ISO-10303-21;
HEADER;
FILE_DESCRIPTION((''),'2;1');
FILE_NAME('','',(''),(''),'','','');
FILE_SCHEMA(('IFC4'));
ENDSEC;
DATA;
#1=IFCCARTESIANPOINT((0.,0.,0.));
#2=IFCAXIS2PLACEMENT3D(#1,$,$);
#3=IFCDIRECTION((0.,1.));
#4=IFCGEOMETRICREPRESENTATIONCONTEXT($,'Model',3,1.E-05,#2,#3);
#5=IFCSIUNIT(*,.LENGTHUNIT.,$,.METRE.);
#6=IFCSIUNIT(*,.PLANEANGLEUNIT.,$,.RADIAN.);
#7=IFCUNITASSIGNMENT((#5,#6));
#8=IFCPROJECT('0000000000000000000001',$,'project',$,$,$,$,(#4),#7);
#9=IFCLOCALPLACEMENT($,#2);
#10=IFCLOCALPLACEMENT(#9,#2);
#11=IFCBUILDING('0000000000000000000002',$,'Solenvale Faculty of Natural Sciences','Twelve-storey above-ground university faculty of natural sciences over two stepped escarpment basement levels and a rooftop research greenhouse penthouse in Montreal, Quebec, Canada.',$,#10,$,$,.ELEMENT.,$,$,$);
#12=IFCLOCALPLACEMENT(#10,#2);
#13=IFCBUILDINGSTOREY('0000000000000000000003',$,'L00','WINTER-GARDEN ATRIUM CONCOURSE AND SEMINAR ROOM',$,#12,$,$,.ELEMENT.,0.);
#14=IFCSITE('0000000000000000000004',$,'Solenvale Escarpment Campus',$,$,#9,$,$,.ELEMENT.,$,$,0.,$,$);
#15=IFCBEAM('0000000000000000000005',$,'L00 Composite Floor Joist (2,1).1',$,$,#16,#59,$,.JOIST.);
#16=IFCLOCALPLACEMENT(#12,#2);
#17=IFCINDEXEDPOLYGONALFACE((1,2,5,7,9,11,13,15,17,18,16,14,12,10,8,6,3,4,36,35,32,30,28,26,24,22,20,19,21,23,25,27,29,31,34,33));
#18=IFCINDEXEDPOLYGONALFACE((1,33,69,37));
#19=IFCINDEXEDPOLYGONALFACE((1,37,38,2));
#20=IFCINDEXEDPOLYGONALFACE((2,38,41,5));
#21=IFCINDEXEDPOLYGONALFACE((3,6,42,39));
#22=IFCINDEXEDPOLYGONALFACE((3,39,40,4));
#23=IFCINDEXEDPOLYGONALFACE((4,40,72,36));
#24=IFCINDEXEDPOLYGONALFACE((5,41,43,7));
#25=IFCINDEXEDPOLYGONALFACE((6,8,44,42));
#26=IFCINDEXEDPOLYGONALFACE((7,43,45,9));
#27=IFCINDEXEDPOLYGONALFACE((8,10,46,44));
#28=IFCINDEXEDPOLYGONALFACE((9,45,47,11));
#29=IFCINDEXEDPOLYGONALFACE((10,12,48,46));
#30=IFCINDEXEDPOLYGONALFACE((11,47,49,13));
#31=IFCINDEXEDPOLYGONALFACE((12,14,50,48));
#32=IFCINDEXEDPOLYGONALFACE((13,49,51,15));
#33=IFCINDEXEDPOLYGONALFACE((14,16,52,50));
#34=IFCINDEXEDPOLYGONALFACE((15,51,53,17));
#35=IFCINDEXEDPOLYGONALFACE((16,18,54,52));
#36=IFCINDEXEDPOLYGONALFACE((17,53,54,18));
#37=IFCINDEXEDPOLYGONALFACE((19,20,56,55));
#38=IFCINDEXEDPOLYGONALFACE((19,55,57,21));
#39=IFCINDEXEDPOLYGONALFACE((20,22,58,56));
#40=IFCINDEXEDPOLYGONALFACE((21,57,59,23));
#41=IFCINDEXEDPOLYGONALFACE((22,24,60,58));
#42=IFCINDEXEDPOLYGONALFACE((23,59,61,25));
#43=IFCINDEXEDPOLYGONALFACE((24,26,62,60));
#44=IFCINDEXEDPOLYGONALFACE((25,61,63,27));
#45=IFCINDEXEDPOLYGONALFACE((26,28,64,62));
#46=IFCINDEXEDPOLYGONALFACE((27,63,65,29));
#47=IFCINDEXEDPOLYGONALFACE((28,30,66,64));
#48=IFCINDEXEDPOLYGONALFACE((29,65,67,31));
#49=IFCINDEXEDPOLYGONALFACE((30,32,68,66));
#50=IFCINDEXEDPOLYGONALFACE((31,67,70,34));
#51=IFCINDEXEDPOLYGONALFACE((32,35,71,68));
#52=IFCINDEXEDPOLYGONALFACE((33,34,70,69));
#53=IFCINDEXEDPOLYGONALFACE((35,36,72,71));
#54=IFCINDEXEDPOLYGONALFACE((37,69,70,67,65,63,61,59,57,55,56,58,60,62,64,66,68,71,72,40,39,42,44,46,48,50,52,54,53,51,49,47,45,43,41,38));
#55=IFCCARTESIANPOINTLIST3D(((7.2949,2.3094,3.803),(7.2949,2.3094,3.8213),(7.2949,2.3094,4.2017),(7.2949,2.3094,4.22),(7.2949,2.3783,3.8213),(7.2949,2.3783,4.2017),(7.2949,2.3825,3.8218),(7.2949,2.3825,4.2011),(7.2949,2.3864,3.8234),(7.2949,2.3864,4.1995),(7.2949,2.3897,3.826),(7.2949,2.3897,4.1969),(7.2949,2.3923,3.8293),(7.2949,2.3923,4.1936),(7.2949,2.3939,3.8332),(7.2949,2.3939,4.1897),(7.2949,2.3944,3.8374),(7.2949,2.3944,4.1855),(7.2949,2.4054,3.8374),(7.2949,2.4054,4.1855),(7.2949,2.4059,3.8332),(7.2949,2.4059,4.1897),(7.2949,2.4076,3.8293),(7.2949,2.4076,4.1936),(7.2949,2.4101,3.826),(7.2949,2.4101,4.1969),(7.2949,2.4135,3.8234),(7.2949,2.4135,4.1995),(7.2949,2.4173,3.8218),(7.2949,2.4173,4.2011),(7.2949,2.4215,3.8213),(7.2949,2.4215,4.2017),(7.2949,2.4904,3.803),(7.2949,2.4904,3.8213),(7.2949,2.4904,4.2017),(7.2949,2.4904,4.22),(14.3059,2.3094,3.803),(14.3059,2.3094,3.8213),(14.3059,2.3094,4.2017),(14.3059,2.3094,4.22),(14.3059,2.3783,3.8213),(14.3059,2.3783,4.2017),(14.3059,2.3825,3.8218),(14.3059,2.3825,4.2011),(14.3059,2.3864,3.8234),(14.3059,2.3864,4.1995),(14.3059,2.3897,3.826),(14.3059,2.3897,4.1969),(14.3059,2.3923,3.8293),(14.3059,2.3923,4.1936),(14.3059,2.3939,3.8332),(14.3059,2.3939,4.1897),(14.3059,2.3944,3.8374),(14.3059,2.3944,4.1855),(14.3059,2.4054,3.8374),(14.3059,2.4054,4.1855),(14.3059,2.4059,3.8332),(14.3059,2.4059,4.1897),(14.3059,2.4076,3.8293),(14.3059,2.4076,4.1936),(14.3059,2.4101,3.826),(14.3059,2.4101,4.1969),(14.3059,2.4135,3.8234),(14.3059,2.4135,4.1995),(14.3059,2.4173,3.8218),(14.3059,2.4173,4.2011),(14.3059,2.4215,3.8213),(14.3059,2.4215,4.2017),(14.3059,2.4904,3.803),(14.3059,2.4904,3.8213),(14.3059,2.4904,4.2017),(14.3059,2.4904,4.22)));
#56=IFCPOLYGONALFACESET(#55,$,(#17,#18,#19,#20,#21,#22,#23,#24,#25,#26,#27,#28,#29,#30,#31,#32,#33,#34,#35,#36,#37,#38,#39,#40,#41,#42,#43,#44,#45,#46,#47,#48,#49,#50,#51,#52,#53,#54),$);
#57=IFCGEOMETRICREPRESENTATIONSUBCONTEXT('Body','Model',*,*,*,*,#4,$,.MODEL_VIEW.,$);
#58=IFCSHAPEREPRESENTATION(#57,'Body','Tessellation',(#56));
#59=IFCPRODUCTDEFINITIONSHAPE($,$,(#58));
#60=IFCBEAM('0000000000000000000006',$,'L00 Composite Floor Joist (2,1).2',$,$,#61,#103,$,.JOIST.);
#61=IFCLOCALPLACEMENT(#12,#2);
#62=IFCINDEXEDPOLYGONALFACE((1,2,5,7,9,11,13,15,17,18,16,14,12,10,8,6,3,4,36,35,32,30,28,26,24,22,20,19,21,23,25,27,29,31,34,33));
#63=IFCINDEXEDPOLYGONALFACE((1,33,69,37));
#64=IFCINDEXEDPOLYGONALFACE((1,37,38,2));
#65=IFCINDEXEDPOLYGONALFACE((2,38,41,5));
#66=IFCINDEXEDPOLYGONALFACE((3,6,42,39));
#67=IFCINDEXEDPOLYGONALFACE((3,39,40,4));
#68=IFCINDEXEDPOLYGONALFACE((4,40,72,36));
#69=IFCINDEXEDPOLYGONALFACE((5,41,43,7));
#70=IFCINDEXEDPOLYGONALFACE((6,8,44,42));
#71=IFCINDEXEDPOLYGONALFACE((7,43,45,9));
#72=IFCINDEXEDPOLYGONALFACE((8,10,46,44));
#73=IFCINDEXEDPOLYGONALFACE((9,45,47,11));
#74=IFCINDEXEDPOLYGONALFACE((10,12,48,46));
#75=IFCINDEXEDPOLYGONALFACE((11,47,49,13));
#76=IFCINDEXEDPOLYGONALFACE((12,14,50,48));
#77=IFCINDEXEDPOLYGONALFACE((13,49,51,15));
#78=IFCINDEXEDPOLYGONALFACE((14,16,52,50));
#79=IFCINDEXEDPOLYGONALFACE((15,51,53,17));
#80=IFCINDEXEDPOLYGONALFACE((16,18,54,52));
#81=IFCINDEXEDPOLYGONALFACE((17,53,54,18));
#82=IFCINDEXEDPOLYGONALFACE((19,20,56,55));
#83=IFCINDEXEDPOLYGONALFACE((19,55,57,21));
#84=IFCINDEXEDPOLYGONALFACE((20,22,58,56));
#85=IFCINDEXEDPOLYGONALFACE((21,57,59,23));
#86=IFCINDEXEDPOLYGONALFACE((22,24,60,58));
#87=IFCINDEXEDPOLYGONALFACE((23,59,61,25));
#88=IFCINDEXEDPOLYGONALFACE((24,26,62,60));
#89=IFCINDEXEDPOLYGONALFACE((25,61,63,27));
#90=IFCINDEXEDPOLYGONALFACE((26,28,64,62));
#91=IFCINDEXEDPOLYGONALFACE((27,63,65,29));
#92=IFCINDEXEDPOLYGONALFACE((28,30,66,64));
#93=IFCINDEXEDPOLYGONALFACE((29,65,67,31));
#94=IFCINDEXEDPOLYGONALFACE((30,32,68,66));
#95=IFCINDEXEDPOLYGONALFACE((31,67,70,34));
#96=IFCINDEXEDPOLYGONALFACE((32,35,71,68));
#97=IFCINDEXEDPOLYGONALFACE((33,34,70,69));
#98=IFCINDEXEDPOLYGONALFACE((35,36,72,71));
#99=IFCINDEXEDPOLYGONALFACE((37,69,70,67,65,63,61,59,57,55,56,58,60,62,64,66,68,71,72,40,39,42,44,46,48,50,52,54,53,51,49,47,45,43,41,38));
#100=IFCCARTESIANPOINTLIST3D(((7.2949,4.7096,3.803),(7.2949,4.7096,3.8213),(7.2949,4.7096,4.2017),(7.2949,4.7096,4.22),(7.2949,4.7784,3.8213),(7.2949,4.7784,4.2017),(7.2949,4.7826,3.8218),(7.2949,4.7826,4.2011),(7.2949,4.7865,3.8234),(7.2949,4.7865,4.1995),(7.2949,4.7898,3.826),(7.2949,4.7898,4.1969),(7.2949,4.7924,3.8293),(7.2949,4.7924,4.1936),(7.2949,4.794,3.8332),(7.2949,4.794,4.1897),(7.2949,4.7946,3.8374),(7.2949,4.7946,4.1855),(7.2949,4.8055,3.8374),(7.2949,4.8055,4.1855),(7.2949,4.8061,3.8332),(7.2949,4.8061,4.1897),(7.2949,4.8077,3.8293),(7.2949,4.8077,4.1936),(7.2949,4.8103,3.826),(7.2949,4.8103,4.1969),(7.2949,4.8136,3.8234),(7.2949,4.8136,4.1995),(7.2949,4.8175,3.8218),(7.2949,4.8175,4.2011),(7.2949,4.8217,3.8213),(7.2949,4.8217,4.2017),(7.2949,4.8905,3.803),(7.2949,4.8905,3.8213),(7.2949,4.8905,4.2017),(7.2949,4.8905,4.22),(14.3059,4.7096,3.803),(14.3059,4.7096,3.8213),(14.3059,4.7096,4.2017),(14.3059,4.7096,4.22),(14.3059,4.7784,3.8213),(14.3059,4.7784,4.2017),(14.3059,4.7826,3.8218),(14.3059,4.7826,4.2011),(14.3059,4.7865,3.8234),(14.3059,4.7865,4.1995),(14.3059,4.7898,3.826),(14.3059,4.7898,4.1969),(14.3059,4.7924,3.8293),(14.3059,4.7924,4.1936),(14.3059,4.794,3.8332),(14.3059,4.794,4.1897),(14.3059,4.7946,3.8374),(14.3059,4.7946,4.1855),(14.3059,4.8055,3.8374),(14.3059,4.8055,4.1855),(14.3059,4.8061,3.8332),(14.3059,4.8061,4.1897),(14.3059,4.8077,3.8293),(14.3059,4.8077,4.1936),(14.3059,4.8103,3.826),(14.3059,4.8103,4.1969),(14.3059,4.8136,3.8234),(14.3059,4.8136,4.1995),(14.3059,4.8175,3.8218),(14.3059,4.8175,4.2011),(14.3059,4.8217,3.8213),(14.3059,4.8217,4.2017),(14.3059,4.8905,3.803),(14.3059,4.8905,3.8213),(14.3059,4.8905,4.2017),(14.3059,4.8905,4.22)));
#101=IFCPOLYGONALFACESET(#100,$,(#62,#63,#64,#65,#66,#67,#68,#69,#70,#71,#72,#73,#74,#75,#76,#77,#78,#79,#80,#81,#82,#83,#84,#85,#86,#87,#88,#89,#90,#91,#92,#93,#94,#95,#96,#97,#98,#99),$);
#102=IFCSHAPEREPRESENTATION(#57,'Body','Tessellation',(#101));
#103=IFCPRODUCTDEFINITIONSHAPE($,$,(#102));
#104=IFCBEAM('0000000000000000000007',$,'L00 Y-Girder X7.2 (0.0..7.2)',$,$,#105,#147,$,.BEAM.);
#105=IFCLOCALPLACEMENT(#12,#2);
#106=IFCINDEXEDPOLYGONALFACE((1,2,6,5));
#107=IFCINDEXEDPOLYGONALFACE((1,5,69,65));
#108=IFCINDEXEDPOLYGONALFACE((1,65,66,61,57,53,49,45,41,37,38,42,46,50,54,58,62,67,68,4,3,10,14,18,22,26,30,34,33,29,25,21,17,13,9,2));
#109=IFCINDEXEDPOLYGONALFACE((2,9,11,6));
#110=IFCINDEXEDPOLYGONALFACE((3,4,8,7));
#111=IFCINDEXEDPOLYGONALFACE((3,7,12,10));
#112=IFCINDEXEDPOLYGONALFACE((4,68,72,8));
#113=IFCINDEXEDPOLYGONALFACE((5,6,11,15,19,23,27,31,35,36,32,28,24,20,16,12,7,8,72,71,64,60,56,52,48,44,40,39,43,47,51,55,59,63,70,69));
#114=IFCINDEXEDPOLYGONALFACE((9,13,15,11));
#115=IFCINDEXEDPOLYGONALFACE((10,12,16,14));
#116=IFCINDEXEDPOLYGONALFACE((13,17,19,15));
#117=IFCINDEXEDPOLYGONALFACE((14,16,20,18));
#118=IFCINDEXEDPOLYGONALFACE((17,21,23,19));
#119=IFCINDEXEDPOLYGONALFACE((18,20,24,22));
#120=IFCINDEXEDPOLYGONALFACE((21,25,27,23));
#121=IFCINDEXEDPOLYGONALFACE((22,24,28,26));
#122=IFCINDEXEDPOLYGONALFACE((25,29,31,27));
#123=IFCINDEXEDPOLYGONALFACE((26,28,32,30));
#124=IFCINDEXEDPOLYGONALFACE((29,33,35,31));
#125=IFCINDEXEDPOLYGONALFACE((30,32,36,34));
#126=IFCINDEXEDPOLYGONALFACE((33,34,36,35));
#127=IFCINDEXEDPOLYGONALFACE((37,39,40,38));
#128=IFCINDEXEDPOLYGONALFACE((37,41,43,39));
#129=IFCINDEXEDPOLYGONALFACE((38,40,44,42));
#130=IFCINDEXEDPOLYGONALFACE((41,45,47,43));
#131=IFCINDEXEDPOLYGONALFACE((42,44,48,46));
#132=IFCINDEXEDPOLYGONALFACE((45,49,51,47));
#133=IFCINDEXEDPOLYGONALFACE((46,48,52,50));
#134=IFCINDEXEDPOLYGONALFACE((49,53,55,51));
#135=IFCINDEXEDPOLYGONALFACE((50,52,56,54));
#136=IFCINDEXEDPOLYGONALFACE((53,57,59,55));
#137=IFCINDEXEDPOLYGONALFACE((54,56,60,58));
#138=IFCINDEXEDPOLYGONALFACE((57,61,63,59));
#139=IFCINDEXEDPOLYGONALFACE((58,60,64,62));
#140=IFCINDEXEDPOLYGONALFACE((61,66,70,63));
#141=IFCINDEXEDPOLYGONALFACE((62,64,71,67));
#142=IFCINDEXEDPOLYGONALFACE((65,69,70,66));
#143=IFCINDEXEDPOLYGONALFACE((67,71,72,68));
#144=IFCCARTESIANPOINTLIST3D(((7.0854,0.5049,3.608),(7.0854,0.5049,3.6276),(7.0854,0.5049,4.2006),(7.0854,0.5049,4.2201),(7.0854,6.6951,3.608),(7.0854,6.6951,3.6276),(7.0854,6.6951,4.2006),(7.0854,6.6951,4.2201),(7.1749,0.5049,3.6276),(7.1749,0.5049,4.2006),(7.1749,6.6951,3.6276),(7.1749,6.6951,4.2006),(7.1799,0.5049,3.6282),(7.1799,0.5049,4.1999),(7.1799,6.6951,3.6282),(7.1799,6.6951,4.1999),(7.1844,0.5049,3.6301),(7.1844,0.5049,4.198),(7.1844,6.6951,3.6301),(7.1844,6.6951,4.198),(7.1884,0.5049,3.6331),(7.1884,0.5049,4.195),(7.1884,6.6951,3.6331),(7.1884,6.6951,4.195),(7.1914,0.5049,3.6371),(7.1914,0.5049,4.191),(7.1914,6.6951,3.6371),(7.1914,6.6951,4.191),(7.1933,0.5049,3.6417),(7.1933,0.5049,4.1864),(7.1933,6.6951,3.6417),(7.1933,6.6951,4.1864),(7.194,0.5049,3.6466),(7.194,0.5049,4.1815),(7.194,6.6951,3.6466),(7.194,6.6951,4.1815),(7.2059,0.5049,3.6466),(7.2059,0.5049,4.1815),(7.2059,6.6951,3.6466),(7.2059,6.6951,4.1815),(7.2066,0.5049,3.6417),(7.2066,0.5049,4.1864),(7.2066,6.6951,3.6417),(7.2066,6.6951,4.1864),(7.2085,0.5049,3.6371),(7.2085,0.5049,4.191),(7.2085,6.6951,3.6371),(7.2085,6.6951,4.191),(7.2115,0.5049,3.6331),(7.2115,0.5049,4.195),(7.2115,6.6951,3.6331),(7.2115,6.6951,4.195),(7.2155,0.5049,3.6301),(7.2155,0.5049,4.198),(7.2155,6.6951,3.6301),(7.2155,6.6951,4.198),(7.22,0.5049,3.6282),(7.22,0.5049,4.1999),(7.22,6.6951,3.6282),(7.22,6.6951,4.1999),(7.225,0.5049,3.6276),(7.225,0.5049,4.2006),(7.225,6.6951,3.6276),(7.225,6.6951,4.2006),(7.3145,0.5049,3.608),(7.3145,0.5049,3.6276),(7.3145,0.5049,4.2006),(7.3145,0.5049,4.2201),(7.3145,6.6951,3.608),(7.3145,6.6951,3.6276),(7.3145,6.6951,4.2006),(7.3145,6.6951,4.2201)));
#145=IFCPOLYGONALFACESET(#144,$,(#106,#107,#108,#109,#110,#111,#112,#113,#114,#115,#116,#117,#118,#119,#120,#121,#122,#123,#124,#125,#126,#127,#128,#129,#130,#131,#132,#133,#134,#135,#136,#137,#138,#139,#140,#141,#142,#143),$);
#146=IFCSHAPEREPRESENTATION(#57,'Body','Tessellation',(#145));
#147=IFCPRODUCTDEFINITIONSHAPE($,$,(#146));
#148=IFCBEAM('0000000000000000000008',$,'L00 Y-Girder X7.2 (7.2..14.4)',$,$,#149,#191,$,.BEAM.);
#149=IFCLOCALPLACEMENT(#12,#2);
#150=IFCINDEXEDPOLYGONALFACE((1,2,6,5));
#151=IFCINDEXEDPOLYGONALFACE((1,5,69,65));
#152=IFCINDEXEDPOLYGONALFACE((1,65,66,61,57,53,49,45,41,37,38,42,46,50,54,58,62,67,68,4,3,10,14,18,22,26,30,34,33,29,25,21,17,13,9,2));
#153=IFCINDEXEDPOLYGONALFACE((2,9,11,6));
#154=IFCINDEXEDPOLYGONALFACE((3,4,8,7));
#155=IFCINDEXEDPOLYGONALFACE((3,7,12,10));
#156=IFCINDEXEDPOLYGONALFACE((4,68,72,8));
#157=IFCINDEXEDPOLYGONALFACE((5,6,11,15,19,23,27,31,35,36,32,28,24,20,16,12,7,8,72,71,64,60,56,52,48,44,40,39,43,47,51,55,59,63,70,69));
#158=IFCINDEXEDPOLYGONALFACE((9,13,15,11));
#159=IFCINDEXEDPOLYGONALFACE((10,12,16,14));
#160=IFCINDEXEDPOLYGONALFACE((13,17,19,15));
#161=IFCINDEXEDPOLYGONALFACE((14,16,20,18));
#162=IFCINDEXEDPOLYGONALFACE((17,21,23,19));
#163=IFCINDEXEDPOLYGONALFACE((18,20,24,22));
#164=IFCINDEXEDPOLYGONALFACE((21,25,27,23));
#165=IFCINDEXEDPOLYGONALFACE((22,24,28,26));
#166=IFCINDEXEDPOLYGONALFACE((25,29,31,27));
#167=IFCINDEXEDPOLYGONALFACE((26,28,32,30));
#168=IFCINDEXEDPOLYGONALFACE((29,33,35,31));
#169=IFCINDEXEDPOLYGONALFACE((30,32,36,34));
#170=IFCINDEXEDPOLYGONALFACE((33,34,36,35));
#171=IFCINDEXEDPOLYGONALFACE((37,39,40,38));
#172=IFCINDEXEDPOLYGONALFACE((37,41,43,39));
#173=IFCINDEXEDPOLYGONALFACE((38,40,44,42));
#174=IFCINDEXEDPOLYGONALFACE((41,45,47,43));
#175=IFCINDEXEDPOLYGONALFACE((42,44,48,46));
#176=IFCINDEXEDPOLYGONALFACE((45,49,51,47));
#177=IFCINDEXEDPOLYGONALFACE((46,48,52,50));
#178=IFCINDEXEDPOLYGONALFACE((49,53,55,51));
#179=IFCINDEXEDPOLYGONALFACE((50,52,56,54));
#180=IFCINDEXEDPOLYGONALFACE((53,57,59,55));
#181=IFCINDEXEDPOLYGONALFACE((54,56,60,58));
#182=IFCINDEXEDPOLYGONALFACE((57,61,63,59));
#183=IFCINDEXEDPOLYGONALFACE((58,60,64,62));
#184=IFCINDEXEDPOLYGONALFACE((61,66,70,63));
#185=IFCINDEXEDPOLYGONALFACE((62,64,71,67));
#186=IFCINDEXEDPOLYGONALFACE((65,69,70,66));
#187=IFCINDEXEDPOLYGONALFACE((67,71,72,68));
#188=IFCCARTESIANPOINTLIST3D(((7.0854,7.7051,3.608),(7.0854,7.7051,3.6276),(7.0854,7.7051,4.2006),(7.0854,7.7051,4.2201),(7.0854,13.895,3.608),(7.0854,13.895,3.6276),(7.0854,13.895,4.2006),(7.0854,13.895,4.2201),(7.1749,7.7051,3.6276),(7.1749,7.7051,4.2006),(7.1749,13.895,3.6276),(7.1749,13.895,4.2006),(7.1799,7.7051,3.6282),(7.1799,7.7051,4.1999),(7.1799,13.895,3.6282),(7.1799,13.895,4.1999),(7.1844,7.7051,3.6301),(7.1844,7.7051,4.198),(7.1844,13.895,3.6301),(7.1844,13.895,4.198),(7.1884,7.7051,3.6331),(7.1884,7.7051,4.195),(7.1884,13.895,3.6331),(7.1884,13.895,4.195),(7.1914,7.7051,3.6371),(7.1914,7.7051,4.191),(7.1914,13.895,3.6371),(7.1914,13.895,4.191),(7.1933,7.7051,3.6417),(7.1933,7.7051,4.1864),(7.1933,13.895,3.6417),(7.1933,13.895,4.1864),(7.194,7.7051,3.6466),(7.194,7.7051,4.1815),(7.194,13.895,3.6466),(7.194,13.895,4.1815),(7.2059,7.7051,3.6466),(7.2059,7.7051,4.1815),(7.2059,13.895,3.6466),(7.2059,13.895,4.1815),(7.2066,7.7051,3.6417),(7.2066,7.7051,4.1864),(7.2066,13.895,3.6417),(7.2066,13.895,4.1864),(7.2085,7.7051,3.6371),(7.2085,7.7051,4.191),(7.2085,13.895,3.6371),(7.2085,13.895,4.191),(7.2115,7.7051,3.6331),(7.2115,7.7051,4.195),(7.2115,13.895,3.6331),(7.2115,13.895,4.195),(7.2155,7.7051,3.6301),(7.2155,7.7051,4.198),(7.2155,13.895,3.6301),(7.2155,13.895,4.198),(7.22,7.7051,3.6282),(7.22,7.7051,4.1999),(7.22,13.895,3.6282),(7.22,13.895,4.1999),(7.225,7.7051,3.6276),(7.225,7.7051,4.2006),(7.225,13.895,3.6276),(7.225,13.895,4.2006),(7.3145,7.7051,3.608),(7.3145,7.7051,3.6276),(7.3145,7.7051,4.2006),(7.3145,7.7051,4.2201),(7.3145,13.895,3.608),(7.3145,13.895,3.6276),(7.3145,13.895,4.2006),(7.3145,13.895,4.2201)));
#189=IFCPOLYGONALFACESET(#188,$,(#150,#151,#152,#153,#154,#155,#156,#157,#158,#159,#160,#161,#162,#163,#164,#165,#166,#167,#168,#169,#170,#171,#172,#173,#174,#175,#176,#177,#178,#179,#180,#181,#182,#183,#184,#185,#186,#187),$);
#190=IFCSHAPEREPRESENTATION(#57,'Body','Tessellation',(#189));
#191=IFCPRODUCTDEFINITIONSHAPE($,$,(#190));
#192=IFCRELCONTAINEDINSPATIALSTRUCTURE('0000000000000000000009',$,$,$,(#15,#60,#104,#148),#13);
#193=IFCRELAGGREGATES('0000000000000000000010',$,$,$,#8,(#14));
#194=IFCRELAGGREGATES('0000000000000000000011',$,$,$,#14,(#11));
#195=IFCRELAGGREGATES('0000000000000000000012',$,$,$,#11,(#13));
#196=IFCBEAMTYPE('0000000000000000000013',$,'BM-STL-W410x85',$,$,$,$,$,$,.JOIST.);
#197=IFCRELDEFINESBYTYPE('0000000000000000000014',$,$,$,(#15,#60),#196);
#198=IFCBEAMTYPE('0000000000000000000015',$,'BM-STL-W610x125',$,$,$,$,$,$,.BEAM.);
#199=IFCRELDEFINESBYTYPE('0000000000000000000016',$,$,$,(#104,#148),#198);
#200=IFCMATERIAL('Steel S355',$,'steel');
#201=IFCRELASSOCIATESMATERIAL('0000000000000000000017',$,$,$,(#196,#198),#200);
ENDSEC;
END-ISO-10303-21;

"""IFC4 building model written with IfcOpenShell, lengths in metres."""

from ifc_helpers import new_model, si_unit, direction, frame, origin, origin_2d, place, context, subcontext, project, spatial, i_section, extrude, material, material_profile, profile_set, type_object, element, save


model = new_model("IFC4")

# Units and contexts
model_context = context("Model", 3, precision=1e-05, world=origin(), true_north=direction((0.0, 1.0)))
body_context = subcontext(model_context, "Body", "Model", "MODEL_VIEW")
ifc_project = project(units=[si_unit("LENGTHUNIT", "METRE"), si_unit("PLANEANGLEUNIT", "RADIAN")], contexts=[model_context])

# Site, building, storey
site_placement = place(None, origin())
site = spatial("IfcSite", under=ifc_project, at=site_placement, Name="Solenvale Escarpment Campus", CompositionType="ELEMENT", RefElevation=0.0)
building_placement = place(site_placement, origin())
building = spatial("IfcBuilding", under=site, at=building_placement, Name="Solenvale Faculty of Natural Sciences", Description="Twelve-storey above-ground university faculty of natural sciences over two stepped escarpment basement levels and a rooftop research greenhouse penthouse in Montreal, Quebec, Canada.", CompositionType="ELEMENT")
storey_placement = place(building_placement, origin())
storey = spatial("IfcBuildingStorey", under=building, at=storey_placement, Name="L00", Description="WINTER-GARDEN ATRIUM CONCOURSE AND SEMINAR ROOM", CompositionType="ELEMENT", Elevation=0.0)

# Beams
ifc_material_1 = material(Name="Steel S355", Category="steel")
ifc_material_profile_1 = material_profile(ifc_material_1, i_section(OverallWidth=0.1809, OverallDepth=0.417, WebThickness=0.011, FlangeThickness=0.0183, FilletRadius=0.0161, at=origin_2d()), Name="W410x85")
ifc_profile_set_1 = profile_set([ifc_material_profile_1], Name="Steel S355")
beam_type_1 = type_object("IfcBeamType", Name="BM-STL-W410x85", PredefinedType="JOIST", material=ifc_profile_set_1)
for number, where, z_axis, x_axis, name in (
    (1, (7.2949, 2.3999, 4.0115), (1.0, 0.0, 0.0), (0.0, 1.0, 0.0), "L00 Composite Floor Joist (2,1).1"),
    (2, (7.2949, 4.8, 4.0115), (1.0, 0.0, 0.0), (0.0, 1.0, 0.0), "L00 Composite Floor Joist (2,1).2"),
):
    element("IfcBeam", number, at=place(storey_placement, frame(where, z_axis=z_axis, x_axis=x_axis)), inside=storey, type_object=beam_type_1, Name=name, PredefinedType="JOIST", context=body_context, shape_type="SweptSolid", body=[
        extrude(i_section(OverallWidth=0.1809, OverallDepth=0.417, WebThickness=0.011, FlangeThickness=0.0183, FilletRadius=0.0161, at=origin_2d()), origin(), (0.0, 0.0, 1.0), 7.011),
    ])
ifc_material_profile_2 = material_profile(ifc_material_1, i_section(OverallWidth=0.229, OverallDepth=0.6121, WebThickness=0.012, FlangeThickness=0.0195, FilletRadius=0.019, at=origin_2d()), Name="W610x125")
ifc_profile_set_2 = profile_set([ifc_material_profile_2], Name="Steel S355")
beam_type_2 = type_object("IfcBeamType", Name="BM-STL-W610x125", PredefinedType="BEAM", material=ifc_profile_set_2)
beam_1_placement = place(storey_placement, frame((7.2, 0.5049, 3.9141), z_axis=(0.0, 1.0, 0.0), x_axis=(-1.0, 0.0, 0.0)))
element("IfcBeam", 3, at=beam_1_placement, inside=storey, type_object=beam_type_2, Name="L00 Y-Girder X7.2 (0.0..7.2)", PredefinedType="BEAM", context=body_context, shape_type="SweptSolid", body=[
    extrude(i_section(OverallWidth=0.229, OverallDepth=0.6121, WebThickness=0.012, FlangeThickness=0.0195, FilletRadius=0.019, at=origin_2d()), origin(), (0.0, 0.0, 1.0), 6.1902),
])
beam_2_placement = place(storey_placement, frame((7.2, 7.7051, 3.9141), z_axis=(0.0, 1.0, 0.0), x_axis=(-1.0, 0.0, 0.0)))
element("IfcBeam", 4, at=beam_2_placement, inside=storey, type_object=beam_type_2, Name="L00 Y-Girder X7.2 (7.2..14.4)", PredefinedType="BEAM", context=body_context, shape_type="SweptSolid", body=[
    extrude(i_section(OverallWidth=0.229, OverallDepth=0.6121, WebThickness=0.012, FlangeThickness=0.0195, FilletRadius=0.019, at=origin_2d()), origin(), (0.0, 0.0, 1.0), 6.1899),
])

save(model, "model.ifc")
